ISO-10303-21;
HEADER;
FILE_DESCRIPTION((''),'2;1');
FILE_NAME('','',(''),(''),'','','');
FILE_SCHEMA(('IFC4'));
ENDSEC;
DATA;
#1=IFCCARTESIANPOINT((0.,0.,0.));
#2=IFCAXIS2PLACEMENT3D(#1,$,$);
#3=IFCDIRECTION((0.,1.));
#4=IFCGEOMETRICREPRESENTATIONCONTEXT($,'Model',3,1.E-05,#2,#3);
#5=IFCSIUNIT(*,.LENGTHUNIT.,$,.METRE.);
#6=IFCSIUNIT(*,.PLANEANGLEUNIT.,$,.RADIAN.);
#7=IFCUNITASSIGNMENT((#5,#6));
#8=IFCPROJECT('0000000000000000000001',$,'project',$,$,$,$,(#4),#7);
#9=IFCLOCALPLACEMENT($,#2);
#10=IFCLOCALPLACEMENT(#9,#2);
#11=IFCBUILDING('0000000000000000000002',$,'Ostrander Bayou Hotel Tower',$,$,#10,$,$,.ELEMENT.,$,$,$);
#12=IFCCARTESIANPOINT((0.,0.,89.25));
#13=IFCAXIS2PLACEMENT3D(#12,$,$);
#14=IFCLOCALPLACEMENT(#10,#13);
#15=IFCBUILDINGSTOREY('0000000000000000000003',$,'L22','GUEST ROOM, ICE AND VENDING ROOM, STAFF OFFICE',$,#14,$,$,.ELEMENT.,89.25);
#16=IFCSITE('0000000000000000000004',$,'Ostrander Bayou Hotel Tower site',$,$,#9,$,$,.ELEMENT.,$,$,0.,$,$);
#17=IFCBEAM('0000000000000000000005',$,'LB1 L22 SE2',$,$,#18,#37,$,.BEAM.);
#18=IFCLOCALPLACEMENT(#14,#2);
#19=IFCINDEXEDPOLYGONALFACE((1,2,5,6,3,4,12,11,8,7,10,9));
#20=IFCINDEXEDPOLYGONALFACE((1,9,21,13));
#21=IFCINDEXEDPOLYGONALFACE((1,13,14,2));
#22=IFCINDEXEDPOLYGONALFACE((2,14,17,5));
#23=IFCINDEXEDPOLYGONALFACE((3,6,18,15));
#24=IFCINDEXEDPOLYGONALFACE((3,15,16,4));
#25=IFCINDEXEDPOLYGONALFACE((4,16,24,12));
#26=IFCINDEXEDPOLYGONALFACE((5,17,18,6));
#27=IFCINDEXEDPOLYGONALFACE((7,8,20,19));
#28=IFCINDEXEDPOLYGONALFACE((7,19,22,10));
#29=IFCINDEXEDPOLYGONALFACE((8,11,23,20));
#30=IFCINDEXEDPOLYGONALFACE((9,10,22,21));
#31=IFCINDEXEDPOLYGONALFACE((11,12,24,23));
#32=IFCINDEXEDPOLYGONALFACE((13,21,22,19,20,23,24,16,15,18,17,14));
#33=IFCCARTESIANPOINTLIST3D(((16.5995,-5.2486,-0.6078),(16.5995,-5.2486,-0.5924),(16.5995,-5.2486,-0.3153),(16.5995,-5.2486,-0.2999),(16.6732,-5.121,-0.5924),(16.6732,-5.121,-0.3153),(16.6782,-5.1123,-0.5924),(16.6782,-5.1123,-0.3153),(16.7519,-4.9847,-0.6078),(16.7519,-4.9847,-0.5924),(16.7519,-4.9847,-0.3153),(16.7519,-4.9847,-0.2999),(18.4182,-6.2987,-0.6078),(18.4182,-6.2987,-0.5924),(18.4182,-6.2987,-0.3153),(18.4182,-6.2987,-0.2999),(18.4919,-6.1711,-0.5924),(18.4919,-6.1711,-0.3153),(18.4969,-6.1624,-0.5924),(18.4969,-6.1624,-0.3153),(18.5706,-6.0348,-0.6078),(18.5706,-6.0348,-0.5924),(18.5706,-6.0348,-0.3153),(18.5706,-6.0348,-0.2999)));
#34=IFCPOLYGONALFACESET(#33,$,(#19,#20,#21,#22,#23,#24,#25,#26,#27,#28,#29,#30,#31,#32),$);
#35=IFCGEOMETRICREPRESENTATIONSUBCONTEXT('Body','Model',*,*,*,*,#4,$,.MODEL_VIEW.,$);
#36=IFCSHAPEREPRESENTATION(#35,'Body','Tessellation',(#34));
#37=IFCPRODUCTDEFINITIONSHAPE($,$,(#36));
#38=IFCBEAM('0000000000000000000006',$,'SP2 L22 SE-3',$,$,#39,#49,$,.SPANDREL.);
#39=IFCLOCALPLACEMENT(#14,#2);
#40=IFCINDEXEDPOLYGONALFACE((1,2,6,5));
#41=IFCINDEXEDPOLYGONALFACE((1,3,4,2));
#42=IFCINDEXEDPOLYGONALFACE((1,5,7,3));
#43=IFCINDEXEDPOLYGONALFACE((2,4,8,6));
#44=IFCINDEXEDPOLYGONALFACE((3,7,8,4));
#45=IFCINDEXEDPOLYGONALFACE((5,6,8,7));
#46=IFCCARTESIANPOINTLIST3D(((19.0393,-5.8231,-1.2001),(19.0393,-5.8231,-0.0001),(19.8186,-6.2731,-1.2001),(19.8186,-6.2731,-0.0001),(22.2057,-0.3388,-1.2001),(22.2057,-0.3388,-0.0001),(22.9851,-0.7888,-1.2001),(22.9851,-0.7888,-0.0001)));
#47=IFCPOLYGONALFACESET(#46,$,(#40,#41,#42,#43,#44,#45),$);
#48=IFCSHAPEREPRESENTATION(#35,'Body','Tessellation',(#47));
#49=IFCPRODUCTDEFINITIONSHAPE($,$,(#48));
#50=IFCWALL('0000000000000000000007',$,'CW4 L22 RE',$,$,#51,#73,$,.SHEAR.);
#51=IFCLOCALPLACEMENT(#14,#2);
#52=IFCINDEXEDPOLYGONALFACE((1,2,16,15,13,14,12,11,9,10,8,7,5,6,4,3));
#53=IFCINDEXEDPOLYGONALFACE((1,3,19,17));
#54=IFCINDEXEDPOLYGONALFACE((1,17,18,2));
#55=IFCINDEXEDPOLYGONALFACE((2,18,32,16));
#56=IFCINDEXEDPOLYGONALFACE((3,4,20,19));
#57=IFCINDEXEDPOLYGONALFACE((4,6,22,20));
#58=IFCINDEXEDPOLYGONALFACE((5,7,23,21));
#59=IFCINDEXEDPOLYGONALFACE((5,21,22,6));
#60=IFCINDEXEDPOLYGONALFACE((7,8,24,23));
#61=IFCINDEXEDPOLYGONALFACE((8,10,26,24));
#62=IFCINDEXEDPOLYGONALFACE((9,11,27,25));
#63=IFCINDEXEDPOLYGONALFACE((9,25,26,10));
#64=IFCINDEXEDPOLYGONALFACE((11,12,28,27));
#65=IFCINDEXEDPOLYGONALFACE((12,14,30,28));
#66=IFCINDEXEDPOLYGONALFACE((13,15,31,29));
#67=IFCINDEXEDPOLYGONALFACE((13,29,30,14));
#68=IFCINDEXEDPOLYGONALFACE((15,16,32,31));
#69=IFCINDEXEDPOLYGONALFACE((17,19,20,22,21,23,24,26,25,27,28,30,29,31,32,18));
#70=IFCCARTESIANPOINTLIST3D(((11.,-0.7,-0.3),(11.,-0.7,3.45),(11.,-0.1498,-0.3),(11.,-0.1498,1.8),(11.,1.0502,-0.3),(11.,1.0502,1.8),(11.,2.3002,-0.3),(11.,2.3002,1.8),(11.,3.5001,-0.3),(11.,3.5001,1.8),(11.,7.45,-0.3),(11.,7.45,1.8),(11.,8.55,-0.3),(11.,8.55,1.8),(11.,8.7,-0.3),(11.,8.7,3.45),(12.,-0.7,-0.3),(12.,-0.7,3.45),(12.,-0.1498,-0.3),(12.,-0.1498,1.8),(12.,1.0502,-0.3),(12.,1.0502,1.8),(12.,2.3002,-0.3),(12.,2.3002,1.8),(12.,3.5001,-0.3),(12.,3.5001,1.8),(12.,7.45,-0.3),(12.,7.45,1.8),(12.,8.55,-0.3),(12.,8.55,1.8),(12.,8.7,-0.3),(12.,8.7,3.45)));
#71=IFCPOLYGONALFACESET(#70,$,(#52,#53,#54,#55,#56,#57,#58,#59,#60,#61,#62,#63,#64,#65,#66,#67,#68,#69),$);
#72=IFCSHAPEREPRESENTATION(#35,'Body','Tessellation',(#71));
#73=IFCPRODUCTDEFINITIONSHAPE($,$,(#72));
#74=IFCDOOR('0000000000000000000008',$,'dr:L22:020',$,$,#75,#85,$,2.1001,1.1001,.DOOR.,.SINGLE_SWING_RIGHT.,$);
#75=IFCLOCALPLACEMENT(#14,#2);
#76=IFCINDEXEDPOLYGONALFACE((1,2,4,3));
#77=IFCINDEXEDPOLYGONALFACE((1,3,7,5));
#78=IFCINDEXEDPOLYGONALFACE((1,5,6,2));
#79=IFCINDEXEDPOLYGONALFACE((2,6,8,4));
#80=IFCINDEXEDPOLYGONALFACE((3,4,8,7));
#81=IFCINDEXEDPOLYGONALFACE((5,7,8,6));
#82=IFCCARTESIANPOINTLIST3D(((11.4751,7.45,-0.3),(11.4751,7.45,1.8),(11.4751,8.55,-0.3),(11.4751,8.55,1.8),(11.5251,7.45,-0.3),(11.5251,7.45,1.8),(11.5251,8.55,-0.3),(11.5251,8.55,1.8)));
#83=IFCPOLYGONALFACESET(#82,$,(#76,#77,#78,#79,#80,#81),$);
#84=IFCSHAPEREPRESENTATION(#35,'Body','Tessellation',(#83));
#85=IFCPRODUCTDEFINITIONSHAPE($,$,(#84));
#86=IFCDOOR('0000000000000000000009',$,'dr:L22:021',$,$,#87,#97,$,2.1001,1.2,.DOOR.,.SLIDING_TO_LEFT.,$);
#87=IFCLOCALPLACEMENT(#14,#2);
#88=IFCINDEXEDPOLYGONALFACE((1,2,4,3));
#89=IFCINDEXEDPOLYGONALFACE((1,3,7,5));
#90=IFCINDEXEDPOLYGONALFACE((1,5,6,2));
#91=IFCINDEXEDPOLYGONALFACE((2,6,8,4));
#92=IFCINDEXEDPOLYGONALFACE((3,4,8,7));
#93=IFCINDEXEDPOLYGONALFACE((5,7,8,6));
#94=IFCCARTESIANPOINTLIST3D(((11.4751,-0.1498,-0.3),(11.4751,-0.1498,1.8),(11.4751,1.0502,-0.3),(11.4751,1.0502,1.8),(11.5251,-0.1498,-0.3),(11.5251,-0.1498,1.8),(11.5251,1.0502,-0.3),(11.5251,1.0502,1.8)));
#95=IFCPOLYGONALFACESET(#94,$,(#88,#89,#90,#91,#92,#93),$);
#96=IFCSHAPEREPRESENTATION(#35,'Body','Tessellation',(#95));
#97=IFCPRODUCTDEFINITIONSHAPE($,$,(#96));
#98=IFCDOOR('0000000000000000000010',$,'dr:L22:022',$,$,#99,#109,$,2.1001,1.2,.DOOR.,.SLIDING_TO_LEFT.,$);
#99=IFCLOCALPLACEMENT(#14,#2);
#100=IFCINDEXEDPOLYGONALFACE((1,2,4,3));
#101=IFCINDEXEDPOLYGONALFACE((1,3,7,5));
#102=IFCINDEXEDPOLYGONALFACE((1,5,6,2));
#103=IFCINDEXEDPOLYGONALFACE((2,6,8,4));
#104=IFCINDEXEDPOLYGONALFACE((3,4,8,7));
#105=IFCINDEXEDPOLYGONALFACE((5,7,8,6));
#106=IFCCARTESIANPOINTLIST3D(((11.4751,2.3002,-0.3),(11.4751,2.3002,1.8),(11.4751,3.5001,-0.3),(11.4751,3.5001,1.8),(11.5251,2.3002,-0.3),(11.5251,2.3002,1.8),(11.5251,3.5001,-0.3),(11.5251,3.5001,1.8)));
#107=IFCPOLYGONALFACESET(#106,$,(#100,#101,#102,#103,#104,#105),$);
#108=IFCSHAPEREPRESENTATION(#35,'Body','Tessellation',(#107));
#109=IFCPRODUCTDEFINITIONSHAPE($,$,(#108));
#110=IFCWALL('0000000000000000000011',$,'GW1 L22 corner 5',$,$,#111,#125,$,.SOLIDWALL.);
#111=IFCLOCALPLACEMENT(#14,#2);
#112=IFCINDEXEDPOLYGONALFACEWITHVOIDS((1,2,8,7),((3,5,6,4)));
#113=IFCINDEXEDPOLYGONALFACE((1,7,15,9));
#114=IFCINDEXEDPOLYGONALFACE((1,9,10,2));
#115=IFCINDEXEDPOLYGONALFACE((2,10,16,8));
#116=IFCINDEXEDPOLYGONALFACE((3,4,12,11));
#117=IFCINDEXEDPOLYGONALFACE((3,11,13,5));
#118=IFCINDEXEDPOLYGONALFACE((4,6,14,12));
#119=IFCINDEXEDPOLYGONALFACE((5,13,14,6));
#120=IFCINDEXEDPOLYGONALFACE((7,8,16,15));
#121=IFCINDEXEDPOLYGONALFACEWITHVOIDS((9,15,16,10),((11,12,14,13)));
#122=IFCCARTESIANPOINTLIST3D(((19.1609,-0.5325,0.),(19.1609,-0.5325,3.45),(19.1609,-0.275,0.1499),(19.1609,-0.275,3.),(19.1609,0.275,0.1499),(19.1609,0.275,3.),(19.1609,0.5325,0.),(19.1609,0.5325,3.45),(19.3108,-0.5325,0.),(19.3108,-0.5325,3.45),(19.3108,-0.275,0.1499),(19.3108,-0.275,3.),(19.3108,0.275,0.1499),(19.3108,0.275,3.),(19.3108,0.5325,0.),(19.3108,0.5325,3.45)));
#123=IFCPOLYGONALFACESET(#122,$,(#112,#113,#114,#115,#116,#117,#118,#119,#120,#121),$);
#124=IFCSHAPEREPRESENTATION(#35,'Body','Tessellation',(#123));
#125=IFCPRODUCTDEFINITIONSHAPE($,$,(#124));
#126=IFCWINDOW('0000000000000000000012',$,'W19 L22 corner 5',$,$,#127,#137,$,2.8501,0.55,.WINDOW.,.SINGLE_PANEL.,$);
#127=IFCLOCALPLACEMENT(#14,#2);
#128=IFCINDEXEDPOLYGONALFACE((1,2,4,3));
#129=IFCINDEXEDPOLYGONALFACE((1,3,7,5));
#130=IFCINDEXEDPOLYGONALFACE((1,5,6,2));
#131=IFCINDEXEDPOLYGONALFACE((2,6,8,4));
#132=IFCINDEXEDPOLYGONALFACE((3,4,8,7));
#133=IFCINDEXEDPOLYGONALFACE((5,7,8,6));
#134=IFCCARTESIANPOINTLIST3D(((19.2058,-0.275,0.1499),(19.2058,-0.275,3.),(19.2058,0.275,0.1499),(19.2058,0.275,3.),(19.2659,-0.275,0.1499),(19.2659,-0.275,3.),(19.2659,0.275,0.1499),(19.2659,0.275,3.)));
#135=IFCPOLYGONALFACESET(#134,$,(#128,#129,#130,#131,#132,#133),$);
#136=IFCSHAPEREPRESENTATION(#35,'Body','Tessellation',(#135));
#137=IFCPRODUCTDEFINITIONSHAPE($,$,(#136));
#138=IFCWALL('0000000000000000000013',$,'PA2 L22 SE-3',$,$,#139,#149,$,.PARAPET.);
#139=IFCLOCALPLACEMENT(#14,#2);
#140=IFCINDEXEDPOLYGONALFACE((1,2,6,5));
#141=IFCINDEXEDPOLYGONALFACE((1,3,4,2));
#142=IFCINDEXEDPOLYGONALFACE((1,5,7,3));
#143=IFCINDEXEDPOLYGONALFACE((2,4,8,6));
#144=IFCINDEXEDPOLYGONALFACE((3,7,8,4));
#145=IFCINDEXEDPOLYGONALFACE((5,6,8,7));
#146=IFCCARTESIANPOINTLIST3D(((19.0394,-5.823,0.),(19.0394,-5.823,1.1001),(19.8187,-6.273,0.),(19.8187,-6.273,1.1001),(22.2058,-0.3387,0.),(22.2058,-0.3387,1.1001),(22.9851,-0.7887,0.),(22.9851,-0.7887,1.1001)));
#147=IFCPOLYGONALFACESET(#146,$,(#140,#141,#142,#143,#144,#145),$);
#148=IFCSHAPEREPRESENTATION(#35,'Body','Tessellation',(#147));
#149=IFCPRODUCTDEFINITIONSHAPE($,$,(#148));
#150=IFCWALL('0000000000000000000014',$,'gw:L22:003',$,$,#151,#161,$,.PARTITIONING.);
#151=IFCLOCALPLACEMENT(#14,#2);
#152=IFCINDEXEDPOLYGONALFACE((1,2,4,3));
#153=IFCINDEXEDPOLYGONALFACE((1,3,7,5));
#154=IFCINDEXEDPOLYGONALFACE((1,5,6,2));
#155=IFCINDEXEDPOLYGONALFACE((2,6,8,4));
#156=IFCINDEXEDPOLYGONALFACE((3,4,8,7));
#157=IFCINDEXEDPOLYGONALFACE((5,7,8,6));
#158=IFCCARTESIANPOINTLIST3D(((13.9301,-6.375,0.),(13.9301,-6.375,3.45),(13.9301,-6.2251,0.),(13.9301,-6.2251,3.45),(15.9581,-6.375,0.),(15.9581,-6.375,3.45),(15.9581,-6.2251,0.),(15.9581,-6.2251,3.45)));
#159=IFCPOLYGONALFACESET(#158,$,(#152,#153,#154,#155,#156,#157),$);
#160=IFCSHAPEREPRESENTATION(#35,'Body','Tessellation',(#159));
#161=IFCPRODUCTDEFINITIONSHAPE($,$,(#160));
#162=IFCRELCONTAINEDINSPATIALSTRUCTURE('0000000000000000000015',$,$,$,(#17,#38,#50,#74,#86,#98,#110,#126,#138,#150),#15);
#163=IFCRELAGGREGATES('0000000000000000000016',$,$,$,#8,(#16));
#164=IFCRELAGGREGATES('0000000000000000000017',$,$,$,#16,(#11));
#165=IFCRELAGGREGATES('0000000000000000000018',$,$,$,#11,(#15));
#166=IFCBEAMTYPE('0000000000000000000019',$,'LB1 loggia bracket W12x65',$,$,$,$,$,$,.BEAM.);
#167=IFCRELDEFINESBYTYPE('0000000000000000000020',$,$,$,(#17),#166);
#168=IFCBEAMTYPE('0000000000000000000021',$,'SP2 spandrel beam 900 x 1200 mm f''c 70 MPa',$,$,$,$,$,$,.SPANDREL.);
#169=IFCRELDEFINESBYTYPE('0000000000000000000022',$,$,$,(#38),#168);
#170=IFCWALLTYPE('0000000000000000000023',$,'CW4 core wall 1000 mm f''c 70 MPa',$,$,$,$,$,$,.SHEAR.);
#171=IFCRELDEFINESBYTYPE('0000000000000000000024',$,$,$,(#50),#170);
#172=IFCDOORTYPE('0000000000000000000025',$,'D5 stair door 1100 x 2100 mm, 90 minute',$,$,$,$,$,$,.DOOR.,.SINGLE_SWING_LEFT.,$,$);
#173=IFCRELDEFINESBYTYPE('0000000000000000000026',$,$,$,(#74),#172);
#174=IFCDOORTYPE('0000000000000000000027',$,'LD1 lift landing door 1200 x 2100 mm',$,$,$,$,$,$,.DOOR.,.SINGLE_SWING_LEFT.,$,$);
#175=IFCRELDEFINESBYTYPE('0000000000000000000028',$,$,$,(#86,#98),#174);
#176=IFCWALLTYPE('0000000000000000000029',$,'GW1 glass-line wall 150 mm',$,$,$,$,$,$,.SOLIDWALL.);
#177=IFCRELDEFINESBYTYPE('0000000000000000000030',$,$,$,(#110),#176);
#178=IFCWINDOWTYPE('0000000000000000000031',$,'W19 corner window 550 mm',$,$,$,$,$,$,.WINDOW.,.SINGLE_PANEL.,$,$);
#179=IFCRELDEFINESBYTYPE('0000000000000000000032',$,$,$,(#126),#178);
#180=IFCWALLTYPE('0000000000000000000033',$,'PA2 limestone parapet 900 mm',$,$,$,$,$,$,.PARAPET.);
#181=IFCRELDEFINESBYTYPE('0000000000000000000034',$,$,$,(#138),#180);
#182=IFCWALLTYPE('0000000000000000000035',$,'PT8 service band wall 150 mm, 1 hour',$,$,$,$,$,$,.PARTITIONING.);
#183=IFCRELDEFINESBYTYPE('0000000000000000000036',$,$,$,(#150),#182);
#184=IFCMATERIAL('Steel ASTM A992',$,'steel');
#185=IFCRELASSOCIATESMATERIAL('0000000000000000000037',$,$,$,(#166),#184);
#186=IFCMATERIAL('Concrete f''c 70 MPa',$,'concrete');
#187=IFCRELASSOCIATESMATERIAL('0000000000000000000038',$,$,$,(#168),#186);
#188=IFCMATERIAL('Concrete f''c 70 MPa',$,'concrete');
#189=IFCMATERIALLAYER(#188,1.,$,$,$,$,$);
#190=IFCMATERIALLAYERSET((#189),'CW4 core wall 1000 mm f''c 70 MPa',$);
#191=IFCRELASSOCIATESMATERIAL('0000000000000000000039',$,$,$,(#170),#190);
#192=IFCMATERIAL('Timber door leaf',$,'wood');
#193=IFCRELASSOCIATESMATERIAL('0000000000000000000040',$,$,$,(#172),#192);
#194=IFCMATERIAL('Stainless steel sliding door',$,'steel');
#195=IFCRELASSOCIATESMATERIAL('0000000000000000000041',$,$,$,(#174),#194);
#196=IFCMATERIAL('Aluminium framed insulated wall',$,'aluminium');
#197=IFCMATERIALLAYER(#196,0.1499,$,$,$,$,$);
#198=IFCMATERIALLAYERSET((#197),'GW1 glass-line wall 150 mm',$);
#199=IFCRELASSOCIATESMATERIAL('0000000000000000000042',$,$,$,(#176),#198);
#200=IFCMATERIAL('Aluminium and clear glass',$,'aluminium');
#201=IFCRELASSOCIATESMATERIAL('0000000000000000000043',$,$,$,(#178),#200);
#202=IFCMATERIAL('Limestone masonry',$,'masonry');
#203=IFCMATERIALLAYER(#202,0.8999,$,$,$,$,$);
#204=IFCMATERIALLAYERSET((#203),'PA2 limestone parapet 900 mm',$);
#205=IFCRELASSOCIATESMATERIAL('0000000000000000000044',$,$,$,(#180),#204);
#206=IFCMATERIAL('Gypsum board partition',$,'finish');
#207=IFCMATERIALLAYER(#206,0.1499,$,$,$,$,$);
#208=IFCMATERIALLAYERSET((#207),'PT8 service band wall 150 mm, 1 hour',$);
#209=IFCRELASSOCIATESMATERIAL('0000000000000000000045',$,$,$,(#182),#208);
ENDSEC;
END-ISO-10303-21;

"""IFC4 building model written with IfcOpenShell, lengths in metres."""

from ifc_helpers import new_model, si_unit, direction, frame, frame_2d, origin, origin_2d, place, context, subcontext, project, spatial, rectangle, i_section, extrude, material, layer, layer_set, material_profile, profile_set, type_object, element, fill, save


model = new_model("IFC4")

# Units and contexts
model_context = context("Model", 3, precision=1e-05, world=origin(), true_north=direction((0.0, 1.0)))
body_context = subcontext(model_context, "Body", "Model", "MODEL_VIEW")
ifc_project = project(units=[si_unit("LENGTHUNIT", "METRE"), si_unit("PLANEANGLEUNIT", "RADIAN")], contexts=[model_context])

# Site, building, storey
site_placement = place(None, origin())
site = spatial("IfcSite", under=ifc_project, at=site_placement, Name="Ostrander Bayou Hotel Tower site", CompositionType="ELEMENT", RefElevation=0.0)
building_placement = place(site_placement, origin())
building = spatial("IfcBuilding", under=site, at=building_placement, Name="Ostrander Bayou Hotel Tower", CompositionType="ELEMENT")
storey_placement = place(building_placement, frame((0.0, 0.0, 89.25)))
storey = spatial("IfcBuildingStorey", under=building, at=storey_placement, Name="L22", Description="GUEST ROOM, ICE AND VENDING ROOM, STAFF OFFICE", CompositionType="ELEMENT", Elevation=89.25)

# Beams
ifc_material_1 = material(Name="Steel ASTM A992", Category="steel")
ifc_material_profile_1 = material_profile(ifc_material_1, i_section(OverallWidth=0.3047, OverallDepth=0.3079, WebThickness=0.01, FlangeThickness=0.0154, at=origin_2d()))
ifc_profile_set_1 = profile_set([ifc_material_profile_1], Name="Steel ASTM A992")
beam_type_1 = type_object("IfcBeamType", Name="LB1 loggia bracket W12x65", PredefinedType="BEAM", material=ifc_profile_set_1)
beam_1_placement = place(storey_placement, frame((18.4944, -6.1667, -0.4539), z_axis=(-0.866009, 0.500028, 0.0), x_axis=(-0.500028, -0.866009, 0.0)))
element("IfcBeam", 1, at=beam_1_placement, inside=storey, type_object=beam_type_1, Name="LB1 L22 SE2", PredefinedType="BEAM", context=body_context, shape_type="SweptSolid", body=[
    extrude(i_section(OverallWidth=0.3047, OverallDepth=0.3079, WebThickness=0.01, FlangeThickness=0.0154, at=origin_2d()), origin(), (0.0, 0.0, 1.0), 2.1001),
])
ifc_material_2 = material(Name="Concrete f'c 70 MPa", Category="concrete")
ifc_material_profile_2 = material_profile(ifc_material_2, rectangle(XDim=0.8999, YDim=1.2, at=origin_2d()))
ifc_profile_set_2 = profile_set([ifc_material_profile_2], Name="Concrete f'c 70 MPa")
beam_type_2 = type_object("IfcBeamType", Name="SP2 spandrel beam 900 x 1200 mm f'c 70 MPa", PredefinedType="SPANDREL", material=ifc_profile_set_2)
beam_2_placement = place(storey_placement, frame((19.429, -6.0481, -0.6001), z_axis=(0.500012, 0.866019, 0.0), x_axis=(-0.866019, 0.500012, 0.0)))
element("IfcBeam", 2, at=beam_2_placement, inside=storey, type_object=beam_type_2, Name="SP2 L22 SE-3", PredefinedType="SPANDREL", context=body_context, shape_type="SweptSolid", body=[
    extrude(rectangle(XDim=0.8999, YDim=1.2, at=origin_2d()), origin(), (0.0, 0.0, 1.0), 6.3328),
])

# Wall, openings, doors
ifc_material_3 = material(Name="Concrete f'c 70 MPa", Category="concrete")
ifc_layer_1 = layer(ifc_material_3, 1.0)
ifc_layer_set_1 = layer_set([ifc_layer_1], Name="CW4 core wall 1000 mm f'c 70 MPa")
wall_type_1 = type_object("IfcWallType", Name="CW4 core wall 1000 mm f'c 70 MPa", PredefinedType="SHEAR", material=ifc_layer_set_1)
wall_1_placement = place(storey_placement, frame((11.5, -0.7, -0.3), z_axis=(0.0, 0.0, 1.0), x_axis=(0.0, 1.0, 0.0)))
wall_1 = element("IfcWall", 3, at=wall_1_placement, inside=storey, type_object=wall_type_1, Name="CW4 L22 RE", PredefinedType="SHEAR", context=body_context, shape_type="SweptSolid", body=[
    extrude(rectangle(XDim=9.3999, YDim=1.0, at=frame_2d((4.7, 0.0))), origin(), (0.0, 0.0, 1.0), 3.75),
])
opening_1_placement = place(wall_1_placement, frame((8.1499, 0.0, 0.0)))
opening_1 = element("IfcOpeningElement", 4, at=opening_1_placement, cuts=wall_1, PredefinedType="OPENING", context=body_context, shape_type="SweptSolid", body=[
    extrude(rectangle(XDim=1.1001, YDim=2.1001, at=frame_2d((0.55, 1.05))), frame((0.0, 0.5, 0.0), z_axis=(0.0, -1.0, 0.0), x_axis=(1.0, 0.0, 0.0)), (0.0, 0.0, 1.0), 1.0),
])
opening_2_placement = place(wall_1_placement, frame((0.55, 0.0, 0.0)))
opening_2 = element("IfcOpeningElement", 5, at=opening_2_placement, cuts=wall_1, PredefinedType="OPENING", context=body_context, shape_type="SweptSolid", body=[
    extrude(rectangle(XDim=1.2, YDim=2.1001, at=frame_2d((0.6001, 1.05))), frame((0.0, 0.5, 0.0), z_axis=(0.0, -1.0, 0.0), x_axis=(1.0, 0.0, 0.0)), (0.0, 0.0, 1.0), 1.0),
])
opening_3_placement = place(wall_1_placement, frame((3.0, 0.0, 0.0)))
opening_3 = element("IfcOpeningElement", 6, at=opening_3_placement, cuts=wall_1, PredefinedType="OPENING", context=body_context, shape_type="SweptSolid", body=[
    extrude(rectangle(XDim=1.2, YDim=2.1001, at=frame_2d((0.6001, 1.05))), frame((0.0, 0.5, 0.0), z_axis=(0.0, -1.0, 0.0), x_axis=(1.0, 0.0, 0.0)), (0.0, 0.0, 1.0), 1.0),
])
ifc_material_4 = material(Name="Timber door leaf", Category="wood")
door_type_1 = type_object("IfcDoorType", Name="D5 stair door 1100 x 2100 mm, 90 minute", OperationType="SINGLE_SWING_LEFT", PredefinedType="DOOR", material=ifc_material_4)
door_1_placement = place(opening_1_placement, origin())
door_1 = element("IfcDoor", 7, at=door_1_placement, inside=storey, type_object=door_type_1, Name="dr:L22:020", OperationType="SINGLE_SWING_RIGHT", OverallHeight=2.1001, OverallWidth=1.1001, PredefinedType="DOOR", context=body_context, shape_type="SweptSolid", body=[
    extrude(rectangle(XDim=1.1001, YDim=2.1001, at=frame_2d((0.55, 1.05))), frame((0.0, 0.0249, 0.0), z_axis=(0.0, -1.0, 0.0), x_axis=(1.0, 0.0, 0.0)), (0.0, 0.0, 1.0), 0.05),
])
fill(opening_1, door_1)
ifc_material_5 = material(Name="Stainless steel sliding door", Category="steel")
door_type_2 = type_object("IfcDoorType", Name="LD1 lift landing door 1200 x 2100 mm", OperationType="SINGLE_SWING_LEFT", PredefinedType="DOOR", material=ifc_material_5)
door_2_placement = place(opening_2_placement, origin())
door_2 = element("IfcDoor", 8, at=door_2_placement, inside=storey, type_object=door_type_2, Name="dr:L22:021", OperationType="SLIDING_TO_LEFT", OverallHeight=2.1001, OverallWidth=1.2, PredefinedType="DOOR", context=body_context, shape_type="SweptSolid", body=[
    extrude(rectangle(XDim=1.2, YDim=2.1001, at=frame_2d((0.6001, 1.05))), frame((0.0, 0.0249, 0.0), z_axis=(0.0, -1.0, 0.0), x_axis=(1.0, 0.0, 0.0)), (0.0, 0.0, 1.0), 0.05),
])
fill(opening_2, door_2)
door_3_placement = place(opening_3_placement, origin())
door_3 = element("IfcDoor", 9, at=door_3_placement, inside=storey, type_object=door_type_2, Name="dr:L22:022", OperationType="SLIDING_TO_LEFT", OverallHeight=2.1001, OverallWidth=1.2, PredefinedType="DOOR", context=body_context, shape_type="SweptSolid", body=[
    extrude(rectangle(XDim=1.2, YDim=2.1001, at=frame_2d((0.6001, 1.05))), frame((0.0, 0.0249, 0.0), z_axis=(0.0, -1.0, 0.0), x_axis=(1.0, 0.0, 0.0)), (0.0, 0.0, 1.0), 0.05),
])
fill(opening_3, door_3)

# Wall, opening, window
ifc_material_6 = material(Name="Aluminium framed insulated wall", Category="aluminium")
ifc_layer_2 = layer(ifc_material_6, 0.1499)
ifc_layer_set_2 = layer_set([ifc_layer_2], Name="GW1 glass-line wall 150 mm")
wall_type_2 = type_object("IfcWallType", Name="GW1 glass-line wall 150 mm", PredefinedType="SOLIDWALL", material=ifc_layer_set_2)
wall_2_placement = place(storey_placement, frame((19.2358, -0.5325, 0.0), z_axis=(0.0, 0.0, 1.0), x_axis=(0.0, 1.0, 0.0)))
wall_2 = element("IfcWall", 10, at=wall_2_placement, inside=storey, type_object=wall_type_2, Name="GW1 L22 corner 5", PredefinedType="SOLIDWALL", context=body_context, shape_type="SweptSolid", body=[
    extrude(rectangle(XDim=1.0649, YDim=0.1499, at=frame_2d((0.5325, 0.0))), origin(), (0.0, 0.0, 1.0), 3.45),
])
opening_4_placement = place(wall_2_placement, frame((0.2576, 0.0, 0.1499)))
opening_4 = element("IfcOpeningElement", 11, at=opening_4_placement, cuts=wall_2, PredefinedType="OPENING", context=body_context, shape_type="SweptSolid", body=[
    extrude(rectangle(XDim=0.55, YDim=2.8501, at=frame_2d((0.2749, 1.425))), frame((0.0, 0.075, 0.0), z_axis=(0.0, -1.0, 0.0), x_axis=(1.0, 0.0, 0.0)), (0.0, 0.0, 1.0), 0.1499),
])
ifc_material_7 = material(Name="Aluminium and clear glass", Category="aluminium")
window_type = type_object("IfcWindowType", Name="W19 corner window 550 mm", PartitioningType="SINGLE_PANEL", PredefinedType="WINDOW", material=ifc_material_7)
window_placement = place(opening_4_placement, origin())
window = element("IfcWindow", 12, at=window_placement, inside=storey, type_object=window_type, Name="W19 L22 corner 5", OverallHeight=2.8501, OverallWidth=0.55, PartitioningType="SINGLE_PANEL", PredefinedType="WINDOW", context=body_context, shape_type="SweptSolid", body=[
    extrude(rectangle(XDim=0.55, YDim=2.8501, at=frame_2d((0.2749, 1.425))), frame((0.0, 0.03, 0.0), z_axis=(0.0, -1.0, 0.0), x_axis=(1.0, 0.0, 0.0)), (0.0, 0.0, 1.0), 0.0601),
])
fill(opening_4, window)

# Walls
ifc_material_8 = material(Name="Limestone masonry", Category="masonry")
ifc_layer_3 = layer(ifc_material_8, 0.8999)
ifc_layer_set_3 = layer_set([ifc_layer_3], Name="PA2 limestone parapet 900 mm")
wall_type_3 = type_object("IfcWallType", Name="PA2 limestone parapet 900 mm", PredefinedType="PARAPET", material=ifc_layer_set_3)
wall_3_placement = place(storey_placement, frame((19.429, -6.0481, 0.0), z_axis=(0.0, 0.0, 1.0), x_axis=(0.500012, 0.866019, 0.0)))
element("IfcWall", 13, at=wall_3_placement, inside=storey, type_object=wall_type_3, Name="PA2 L22 SE-3", PredefinedType="PARAPET", context=body_context, shape_type="SweptSolid", body=[
    extrude(rectangle(XDim=6.3328, YDim=0.8999, at=frame_2d((3.1665, 0.0))), origin(), (0.0, 0.0, 1.0), 1.1001),
])
ifc_material_9 = material(Name="Gypsum board partition", Category="finish")
ifc_layer_4 = layer(ifc_material_9, 0.1499)
ifc_layer_set_4 = layer_set([ifc_layer_4], Name="PT8 service band wall 150 mm, 1 hour")
wall_type_4 = type_object("IfcWallType", Name="PT8 service band wall 150 mm, 1 hour", PredefinedType="PARTITIONING", material=ifc_layer_set_4)
wall_4_placement = place(storey_placement, frame((13.9299, -6.3, 0.0), z_axis=(0.0, 0.0, 1.0), x_axis=(1.0, 0.0, 0.0)))
element("IfcWall", 14, at=wall_4_placement, inside=storey, type_object=wall_type_4, Name="gw:L22:003", PredefinedType="PARTITIONING", context=body_context, shape_type="SweptSolid", body=[
    extrude(rectangle(XDim=2.0281, YDim=0.1499, at=frame_2d((1.0142, 0.0))), origin(), (0.0, 0.0, 1.0), 3.45),
])

save(model, "model.ifc")
